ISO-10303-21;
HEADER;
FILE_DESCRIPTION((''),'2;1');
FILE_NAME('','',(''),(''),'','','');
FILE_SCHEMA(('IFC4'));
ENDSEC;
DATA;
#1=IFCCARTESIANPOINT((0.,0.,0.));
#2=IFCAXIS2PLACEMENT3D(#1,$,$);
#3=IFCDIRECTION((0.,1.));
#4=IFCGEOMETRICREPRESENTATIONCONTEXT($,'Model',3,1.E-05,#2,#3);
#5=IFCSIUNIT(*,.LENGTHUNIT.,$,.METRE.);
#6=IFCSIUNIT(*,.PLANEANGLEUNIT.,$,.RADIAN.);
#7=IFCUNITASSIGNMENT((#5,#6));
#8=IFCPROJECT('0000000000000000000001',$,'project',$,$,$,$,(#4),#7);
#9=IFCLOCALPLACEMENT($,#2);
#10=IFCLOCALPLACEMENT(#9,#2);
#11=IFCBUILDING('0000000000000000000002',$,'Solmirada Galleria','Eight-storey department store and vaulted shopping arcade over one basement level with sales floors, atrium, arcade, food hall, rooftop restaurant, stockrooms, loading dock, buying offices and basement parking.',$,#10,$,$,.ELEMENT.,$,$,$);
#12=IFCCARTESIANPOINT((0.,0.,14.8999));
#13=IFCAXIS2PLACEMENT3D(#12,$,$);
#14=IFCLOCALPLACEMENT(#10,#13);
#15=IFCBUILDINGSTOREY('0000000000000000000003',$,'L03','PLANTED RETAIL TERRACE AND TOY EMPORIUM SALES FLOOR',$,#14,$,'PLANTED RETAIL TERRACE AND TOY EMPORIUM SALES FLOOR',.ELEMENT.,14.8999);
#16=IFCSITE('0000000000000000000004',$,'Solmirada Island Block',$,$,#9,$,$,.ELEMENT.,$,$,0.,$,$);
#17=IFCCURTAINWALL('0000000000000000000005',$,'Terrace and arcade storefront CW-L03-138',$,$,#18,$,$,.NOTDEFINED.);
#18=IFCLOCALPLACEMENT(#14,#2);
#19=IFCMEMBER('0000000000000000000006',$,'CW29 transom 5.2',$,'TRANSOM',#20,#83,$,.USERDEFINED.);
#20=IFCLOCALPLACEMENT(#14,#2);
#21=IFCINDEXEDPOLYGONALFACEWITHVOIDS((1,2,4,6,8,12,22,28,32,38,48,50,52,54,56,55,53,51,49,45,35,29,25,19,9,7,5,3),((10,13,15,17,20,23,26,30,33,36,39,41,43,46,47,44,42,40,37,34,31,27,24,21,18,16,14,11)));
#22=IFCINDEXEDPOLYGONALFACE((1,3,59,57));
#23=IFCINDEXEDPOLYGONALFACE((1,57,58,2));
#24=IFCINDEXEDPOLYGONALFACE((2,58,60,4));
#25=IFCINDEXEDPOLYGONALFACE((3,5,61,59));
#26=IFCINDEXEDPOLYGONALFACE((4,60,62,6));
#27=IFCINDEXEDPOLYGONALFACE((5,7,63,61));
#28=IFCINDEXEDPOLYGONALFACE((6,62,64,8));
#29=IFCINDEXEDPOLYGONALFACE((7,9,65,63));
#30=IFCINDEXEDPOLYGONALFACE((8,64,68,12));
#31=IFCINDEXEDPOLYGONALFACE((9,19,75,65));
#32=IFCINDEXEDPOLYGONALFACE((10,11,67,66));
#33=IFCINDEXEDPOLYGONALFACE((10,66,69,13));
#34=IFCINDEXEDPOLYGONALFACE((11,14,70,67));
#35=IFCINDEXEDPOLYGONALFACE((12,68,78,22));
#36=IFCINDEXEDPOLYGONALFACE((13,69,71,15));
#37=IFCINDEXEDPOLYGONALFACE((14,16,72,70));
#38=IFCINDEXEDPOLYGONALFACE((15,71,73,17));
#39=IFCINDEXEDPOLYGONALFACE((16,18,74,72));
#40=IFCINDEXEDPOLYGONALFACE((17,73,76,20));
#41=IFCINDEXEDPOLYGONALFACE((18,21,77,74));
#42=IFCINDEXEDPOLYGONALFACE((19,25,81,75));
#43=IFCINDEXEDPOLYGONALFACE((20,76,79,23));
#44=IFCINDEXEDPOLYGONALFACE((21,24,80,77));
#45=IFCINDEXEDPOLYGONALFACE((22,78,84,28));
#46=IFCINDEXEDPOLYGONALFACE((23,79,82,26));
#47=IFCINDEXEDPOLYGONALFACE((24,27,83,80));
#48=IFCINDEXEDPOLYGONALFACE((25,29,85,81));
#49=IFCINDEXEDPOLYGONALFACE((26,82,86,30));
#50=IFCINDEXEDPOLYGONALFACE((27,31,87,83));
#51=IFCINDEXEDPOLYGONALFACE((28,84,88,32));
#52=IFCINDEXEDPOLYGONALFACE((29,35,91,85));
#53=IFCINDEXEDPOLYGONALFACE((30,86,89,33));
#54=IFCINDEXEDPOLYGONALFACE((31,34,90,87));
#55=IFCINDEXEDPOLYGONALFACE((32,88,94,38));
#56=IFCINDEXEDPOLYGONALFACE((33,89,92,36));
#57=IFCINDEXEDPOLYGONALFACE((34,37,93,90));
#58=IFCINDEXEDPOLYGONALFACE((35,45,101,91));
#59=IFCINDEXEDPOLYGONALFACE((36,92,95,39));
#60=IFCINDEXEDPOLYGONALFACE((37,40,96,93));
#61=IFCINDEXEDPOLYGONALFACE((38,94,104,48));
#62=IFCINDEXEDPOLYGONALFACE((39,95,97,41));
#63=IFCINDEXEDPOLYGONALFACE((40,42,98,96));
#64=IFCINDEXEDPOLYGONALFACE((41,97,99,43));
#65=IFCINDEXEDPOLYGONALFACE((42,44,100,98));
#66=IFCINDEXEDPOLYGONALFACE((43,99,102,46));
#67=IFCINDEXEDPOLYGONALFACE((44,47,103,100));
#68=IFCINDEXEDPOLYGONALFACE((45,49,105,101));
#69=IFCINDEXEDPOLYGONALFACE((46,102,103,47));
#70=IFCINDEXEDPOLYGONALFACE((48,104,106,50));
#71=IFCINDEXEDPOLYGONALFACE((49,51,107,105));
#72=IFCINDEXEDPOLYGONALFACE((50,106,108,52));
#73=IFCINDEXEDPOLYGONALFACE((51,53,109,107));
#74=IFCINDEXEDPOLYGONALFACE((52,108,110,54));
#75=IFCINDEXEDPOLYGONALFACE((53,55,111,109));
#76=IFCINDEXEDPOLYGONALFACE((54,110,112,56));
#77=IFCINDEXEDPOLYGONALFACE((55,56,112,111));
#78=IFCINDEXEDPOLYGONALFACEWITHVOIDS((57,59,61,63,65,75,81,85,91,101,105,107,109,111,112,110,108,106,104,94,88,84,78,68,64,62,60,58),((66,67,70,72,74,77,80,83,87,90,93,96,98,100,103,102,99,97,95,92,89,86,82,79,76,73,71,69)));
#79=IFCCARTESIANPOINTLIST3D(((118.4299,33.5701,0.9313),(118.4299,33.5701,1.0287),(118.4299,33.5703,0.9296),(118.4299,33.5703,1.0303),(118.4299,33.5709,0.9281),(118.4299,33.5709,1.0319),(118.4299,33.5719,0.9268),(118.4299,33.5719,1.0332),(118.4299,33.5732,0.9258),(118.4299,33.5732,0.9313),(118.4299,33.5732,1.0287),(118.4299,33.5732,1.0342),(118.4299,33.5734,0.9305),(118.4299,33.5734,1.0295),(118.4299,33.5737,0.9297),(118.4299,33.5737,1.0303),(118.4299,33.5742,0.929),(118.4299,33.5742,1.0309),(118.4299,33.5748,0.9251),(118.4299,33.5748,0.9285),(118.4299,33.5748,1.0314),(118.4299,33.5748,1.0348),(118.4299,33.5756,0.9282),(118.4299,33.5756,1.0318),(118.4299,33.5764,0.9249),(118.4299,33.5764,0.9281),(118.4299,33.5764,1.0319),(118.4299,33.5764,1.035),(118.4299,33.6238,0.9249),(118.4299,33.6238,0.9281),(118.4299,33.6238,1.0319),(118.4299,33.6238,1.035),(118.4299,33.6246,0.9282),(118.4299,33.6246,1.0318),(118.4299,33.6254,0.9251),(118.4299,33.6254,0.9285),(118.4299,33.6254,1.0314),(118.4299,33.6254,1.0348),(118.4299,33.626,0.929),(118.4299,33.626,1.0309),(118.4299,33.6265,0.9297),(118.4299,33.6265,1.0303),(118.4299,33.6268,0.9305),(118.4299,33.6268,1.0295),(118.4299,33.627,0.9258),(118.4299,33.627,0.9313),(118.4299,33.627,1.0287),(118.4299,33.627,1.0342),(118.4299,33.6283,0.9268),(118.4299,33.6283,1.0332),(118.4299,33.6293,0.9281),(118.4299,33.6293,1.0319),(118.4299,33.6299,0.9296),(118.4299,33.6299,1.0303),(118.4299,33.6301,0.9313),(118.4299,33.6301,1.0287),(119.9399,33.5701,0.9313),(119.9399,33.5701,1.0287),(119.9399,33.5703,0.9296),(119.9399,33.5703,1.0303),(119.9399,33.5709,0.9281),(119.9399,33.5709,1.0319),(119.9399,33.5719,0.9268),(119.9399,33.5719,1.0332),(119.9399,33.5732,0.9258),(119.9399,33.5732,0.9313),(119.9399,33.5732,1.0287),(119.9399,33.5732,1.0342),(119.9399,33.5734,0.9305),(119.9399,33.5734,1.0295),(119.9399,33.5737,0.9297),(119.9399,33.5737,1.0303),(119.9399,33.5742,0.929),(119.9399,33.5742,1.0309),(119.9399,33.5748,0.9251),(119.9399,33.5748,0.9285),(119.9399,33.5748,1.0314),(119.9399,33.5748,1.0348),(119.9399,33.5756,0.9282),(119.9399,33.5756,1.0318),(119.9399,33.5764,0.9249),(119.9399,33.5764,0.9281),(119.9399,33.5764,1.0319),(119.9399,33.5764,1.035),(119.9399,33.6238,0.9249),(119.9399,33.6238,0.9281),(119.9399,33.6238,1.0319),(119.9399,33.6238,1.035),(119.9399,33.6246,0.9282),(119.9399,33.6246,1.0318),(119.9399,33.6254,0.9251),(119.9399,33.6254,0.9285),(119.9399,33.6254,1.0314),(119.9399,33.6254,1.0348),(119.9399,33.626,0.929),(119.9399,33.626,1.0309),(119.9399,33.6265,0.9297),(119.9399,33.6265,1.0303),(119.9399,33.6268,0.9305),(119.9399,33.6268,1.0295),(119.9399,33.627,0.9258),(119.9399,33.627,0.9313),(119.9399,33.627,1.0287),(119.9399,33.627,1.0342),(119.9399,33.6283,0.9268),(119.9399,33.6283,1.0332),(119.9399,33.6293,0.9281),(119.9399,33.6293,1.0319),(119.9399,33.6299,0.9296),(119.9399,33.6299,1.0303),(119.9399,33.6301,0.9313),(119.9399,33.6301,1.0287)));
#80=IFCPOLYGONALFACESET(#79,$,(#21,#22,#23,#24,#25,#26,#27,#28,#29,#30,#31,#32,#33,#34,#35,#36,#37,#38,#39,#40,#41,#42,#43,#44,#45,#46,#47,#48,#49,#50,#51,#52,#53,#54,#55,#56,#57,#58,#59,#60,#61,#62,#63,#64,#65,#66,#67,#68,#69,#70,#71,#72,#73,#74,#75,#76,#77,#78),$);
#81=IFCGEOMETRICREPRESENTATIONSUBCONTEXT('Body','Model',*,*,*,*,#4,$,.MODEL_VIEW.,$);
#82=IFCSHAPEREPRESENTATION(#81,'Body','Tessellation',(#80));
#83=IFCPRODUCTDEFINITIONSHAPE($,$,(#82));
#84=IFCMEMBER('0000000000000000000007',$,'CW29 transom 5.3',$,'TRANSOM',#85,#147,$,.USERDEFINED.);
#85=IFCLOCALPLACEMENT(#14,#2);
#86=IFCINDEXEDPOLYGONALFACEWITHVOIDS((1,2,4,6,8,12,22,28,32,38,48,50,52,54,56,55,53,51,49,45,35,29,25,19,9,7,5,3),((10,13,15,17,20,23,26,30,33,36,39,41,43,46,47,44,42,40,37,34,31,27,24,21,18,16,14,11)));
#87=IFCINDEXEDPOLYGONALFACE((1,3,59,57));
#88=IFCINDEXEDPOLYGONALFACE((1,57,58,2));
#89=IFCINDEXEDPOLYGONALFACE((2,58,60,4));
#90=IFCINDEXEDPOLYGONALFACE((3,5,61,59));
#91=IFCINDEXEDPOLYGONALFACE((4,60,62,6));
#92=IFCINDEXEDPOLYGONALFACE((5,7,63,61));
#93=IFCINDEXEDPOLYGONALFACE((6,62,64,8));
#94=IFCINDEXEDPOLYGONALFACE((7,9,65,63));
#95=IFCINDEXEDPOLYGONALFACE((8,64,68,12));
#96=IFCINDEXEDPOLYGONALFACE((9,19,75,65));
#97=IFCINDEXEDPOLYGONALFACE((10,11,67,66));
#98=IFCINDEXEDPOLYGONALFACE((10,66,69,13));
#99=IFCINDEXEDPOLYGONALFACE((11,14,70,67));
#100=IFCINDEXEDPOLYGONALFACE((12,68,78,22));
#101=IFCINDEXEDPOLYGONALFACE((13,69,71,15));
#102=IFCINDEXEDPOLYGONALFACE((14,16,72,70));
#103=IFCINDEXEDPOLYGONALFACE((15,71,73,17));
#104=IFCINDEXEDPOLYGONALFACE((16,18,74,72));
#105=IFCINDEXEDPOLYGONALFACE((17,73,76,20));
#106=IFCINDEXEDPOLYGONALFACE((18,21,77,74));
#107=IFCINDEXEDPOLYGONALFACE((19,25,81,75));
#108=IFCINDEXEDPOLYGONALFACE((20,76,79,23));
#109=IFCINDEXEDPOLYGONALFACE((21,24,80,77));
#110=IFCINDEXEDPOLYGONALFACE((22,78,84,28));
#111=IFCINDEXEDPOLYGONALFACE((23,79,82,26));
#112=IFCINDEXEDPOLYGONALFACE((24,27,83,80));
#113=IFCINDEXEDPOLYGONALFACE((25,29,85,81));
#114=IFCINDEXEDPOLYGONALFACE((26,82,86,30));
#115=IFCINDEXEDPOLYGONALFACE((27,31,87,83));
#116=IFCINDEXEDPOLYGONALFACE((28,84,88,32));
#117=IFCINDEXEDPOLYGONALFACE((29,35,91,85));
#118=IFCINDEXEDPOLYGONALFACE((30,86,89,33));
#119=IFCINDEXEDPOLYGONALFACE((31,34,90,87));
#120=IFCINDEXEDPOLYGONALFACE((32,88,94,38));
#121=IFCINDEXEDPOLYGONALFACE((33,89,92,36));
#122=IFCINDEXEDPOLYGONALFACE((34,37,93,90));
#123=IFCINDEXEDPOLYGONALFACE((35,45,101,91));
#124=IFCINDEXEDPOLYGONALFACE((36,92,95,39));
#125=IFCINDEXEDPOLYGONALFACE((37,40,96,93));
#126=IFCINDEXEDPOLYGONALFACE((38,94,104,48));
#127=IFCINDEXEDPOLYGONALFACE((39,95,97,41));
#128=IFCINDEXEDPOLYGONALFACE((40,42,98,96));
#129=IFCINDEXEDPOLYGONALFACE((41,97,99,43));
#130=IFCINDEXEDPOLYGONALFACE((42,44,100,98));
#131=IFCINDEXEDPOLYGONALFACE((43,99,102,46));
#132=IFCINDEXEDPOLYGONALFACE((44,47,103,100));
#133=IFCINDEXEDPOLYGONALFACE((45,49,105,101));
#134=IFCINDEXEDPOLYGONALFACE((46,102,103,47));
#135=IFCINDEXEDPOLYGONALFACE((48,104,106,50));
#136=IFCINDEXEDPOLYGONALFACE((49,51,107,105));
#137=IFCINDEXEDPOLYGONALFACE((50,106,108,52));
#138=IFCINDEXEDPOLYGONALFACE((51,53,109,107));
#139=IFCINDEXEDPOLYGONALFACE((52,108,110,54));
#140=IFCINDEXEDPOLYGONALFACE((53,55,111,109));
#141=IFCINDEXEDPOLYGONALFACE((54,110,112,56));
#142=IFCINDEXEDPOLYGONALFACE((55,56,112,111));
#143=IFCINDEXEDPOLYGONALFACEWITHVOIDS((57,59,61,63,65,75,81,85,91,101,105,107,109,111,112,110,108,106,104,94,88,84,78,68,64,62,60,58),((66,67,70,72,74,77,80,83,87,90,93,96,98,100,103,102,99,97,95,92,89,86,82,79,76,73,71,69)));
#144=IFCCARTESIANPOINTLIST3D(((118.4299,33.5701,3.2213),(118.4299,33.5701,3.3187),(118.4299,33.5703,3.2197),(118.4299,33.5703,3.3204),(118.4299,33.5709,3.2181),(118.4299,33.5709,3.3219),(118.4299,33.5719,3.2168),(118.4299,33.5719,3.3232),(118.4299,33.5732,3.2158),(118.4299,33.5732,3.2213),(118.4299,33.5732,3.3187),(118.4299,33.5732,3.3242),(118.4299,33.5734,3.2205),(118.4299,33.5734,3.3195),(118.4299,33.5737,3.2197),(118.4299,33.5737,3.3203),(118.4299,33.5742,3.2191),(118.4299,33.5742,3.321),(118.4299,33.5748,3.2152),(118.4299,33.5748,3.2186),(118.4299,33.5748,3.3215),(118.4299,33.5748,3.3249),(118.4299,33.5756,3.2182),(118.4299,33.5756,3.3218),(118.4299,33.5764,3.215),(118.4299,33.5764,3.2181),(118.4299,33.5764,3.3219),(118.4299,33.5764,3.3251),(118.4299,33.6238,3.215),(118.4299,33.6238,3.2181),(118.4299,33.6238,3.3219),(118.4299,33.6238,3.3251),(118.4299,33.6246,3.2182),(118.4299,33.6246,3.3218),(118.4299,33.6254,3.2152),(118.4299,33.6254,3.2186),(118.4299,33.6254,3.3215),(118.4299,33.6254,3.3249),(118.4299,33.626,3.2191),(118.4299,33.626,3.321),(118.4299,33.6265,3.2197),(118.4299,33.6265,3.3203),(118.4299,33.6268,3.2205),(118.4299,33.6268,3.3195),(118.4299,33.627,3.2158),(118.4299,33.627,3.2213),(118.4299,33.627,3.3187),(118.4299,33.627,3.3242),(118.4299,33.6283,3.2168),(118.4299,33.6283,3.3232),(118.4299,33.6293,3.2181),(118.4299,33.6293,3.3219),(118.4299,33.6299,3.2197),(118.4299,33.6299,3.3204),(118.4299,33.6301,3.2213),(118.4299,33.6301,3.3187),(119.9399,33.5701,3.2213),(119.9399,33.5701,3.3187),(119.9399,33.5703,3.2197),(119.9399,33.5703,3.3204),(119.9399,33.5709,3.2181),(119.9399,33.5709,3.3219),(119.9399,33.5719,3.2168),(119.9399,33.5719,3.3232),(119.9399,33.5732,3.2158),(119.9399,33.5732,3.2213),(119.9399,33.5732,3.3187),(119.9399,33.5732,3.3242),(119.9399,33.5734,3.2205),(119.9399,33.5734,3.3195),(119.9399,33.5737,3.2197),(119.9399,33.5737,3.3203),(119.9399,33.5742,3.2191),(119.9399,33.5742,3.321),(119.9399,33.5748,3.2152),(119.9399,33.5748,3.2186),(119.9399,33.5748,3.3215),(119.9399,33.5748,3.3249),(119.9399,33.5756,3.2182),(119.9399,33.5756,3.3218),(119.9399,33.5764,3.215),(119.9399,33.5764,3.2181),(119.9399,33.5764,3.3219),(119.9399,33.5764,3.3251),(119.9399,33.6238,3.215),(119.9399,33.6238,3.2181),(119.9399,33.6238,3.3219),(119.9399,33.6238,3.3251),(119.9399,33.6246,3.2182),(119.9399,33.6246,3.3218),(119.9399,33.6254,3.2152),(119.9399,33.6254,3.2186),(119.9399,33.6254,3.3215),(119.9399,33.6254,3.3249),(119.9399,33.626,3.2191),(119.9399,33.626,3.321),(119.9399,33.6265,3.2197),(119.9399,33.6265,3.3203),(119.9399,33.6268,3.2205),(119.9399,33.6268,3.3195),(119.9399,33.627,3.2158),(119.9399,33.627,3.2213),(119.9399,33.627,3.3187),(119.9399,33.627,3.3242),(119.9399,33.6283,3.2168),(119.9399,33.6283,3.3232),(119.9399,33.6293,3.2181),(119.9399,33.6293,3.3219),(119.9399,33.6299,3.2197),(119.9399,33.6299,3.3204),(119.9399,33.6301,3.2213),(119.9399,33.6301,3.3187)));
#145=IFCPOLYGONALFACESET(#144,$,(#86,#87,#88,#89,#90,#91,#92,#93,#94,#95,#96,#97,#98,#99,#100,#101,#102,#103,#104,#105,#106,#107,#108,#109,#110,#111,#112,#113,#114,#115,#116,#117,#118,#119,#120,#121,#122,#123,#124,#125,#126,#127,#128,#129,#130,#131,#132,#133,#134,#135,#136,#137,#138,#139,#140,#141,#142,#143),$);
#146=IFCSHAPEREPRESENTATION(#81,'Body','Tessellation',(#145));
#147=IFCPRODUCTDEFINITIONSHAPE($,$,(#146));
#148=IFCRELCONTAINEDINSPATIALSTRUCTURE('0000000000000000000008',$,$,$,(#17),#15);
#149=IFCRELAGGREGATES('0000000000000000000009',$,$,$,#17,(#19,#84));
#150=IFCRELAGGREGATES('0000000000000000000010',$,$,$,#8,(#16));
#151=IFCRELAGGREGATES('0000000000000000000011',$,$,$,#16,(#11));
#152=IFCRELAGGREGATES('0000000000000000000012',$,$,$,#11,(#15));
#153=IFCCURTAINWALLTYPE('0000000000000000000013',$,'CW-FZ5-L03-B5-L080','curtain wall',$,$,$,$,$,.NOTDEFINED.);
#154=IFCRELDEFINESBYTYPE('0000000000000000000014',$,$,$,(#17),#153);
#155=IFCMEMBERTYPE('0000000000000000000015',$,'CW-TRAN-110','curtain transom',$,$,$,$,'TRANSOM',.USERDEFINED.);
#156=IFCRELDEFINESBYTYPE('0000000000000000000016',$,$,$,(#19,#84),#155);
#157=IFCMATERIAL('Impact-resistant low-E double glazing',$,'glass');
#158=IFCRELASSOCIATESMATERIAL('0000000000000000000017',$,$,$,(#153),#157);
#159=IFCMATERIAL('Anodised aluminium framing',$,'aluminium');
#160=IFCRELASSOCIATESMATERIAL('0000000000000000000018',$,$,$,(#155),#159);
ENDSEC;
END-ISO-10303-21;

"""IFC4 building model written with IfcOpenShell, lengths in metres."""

from ifc_helpers import new_model, si_unit, direction, frame, origin, origin_2d, place, context, subcontext, project, spatial, hollow_rectangle, extrude, material, material_profile, profile_set, type_object, element, aggregate, save


model = new_model("IFC4")

# Units and contexts
model_context = context("Model", 3, precision=1e-05, world=origin(), true_north=direction((0.0, 1.0)))
body_context = subcontext(model_context, "Body", "Model", "MODEL_VIEW")
ifc_project = project(units=[si_unit("LENGTHUNIT", "METRE"), si_unit("PLANEANGLEUNIT", "RADIAN")], contexts=[model_context])

# Site, building, storey
site_placement = place(None, origin())
site = spatial("IfcSite", under=ifc_project, at=site_placement, Name="Solmirada Island Block", CompositionType="ELEMENT", RefElevation=0.0)
building_placement = place(site_placement, origin())
building = spatial("IfcBuilding", under=site, at=building_placement, Name="Solmirada Galleria", Description="Eight-storey department store and vaulted shopping arcade over one basement level with sales floors, atrium, arcade, food hall, rooftop restaurant, stockrooms, loading dock, buying offices and basement parking.", CompositionType="ELEMENT")
storey_placement = place(building_placement, frame((0.0, 0.0, 14.8999)))
storey = spatial("IfcBuildingStorey", under=building, at=storey_placement, Name="L03", Description="PLANTED RETAIL TERRACE AND TOY EMPORIUM SALES FLOOR", LongName="PLANTED RETAIL TERRACE AND TOY EMPORIUM SALES FLOOR", CompositionType="ELEMENT", Elevation=14.8999)

# Curtain wall, members
ifc_material_1 = material(Name="Impact-resistant low-E double glazing", Category="glass")
curtain_wall_type = type_object("IfcCurtainWallType", Name="CW-FZ5-L03-B5-L080", Description="curtain wall", PredefinedType="NOTDEFINED", material=ifc_material_1)
curtain_wall_placement = place(storey_placement, origin())
curtain_wall = element("IfcCurtainWall", 1, at=curtain_wall_placement, inside=storey, type_object=curtain_wall_type, Name="Terrace and arcade storefront CW-L03-138", PredefinedType="NOTDEFINED")
ifc_material_2 = material(Name="Anodised aluminium framing", Category="aluminium")
ifc_material_profile_1 = material_profile(ifc_material_2, hollow_rectangle(XDim=0.0601, YDim=0.1101, WallThickness=0.0032, InnerFilletRadius=0.0032, OuterFilletRadius=0.0063, at=origin_2d()), Name="ALU-TRAN-110X60")
ifc_profile_set_1 = profile_set([ifc_material_profile_1], Name="Anodised aluminium framing")
member_type_1 = type_object("IfcMemberType", Name="CW-TRAN-110", Description="curtain transom", ElementType="TRANSOM", PredefinedType="USERDEFINED", material=ifc_profile_set_1)
member_1_placement = place(storey_placement, frame((118.4299, 33.6001, 0.98), z_axis=(1.0, 0.0, 0.0), x_axis=(0.0, 1.0, 0.0)))
member_1 = element("IfcMember", 2, at=member_1_placement, type_object=member_type_1, Name="CW29 transom 5.2", ObjectType="TRANSOM", PredefinedType="USERDEFINED", context=body_context, shape_type="SweptSolid", body=[
    extrude(hollow_rectangle(XDim=0.0601, YDim=0.1101, WallThickness=0.0032, InnerFilletRadius=0.0032, OuterFilletRadius=0.0063, at=origin_2d()), origin(), (0.0, 0.0, 1.0), 1.51),
])
member_2_placement = place(storey_placement, frame((118.4299, 33.6001, 3.27), z_axis=(1.0, 0.0, 0.0), x_axis=(0.0, 1.0, 0.0)))
member_2 = element("IfcMember", 3, at=member_2_placement, type_object=member_type_1, Name="CW29 transom 5.3", ObjectType="TRANSOM", PredefinedType="USERDEFINED", context=body_context, shape_type="SweptSolid", body=[
    extrude(hollow_rectangle(XDim=0.0601, YDim=0.1101, WallThickness=0.0032, InnerFilletRadius=0.0032, OuterFilletRadius=0.0063, at=origin_2d()), origin(), (0.0, 0.0, 1.0), 1.51),
])
aggregate(curtain_wall, [member_1, member_2])

save(model, "model.ifc")
